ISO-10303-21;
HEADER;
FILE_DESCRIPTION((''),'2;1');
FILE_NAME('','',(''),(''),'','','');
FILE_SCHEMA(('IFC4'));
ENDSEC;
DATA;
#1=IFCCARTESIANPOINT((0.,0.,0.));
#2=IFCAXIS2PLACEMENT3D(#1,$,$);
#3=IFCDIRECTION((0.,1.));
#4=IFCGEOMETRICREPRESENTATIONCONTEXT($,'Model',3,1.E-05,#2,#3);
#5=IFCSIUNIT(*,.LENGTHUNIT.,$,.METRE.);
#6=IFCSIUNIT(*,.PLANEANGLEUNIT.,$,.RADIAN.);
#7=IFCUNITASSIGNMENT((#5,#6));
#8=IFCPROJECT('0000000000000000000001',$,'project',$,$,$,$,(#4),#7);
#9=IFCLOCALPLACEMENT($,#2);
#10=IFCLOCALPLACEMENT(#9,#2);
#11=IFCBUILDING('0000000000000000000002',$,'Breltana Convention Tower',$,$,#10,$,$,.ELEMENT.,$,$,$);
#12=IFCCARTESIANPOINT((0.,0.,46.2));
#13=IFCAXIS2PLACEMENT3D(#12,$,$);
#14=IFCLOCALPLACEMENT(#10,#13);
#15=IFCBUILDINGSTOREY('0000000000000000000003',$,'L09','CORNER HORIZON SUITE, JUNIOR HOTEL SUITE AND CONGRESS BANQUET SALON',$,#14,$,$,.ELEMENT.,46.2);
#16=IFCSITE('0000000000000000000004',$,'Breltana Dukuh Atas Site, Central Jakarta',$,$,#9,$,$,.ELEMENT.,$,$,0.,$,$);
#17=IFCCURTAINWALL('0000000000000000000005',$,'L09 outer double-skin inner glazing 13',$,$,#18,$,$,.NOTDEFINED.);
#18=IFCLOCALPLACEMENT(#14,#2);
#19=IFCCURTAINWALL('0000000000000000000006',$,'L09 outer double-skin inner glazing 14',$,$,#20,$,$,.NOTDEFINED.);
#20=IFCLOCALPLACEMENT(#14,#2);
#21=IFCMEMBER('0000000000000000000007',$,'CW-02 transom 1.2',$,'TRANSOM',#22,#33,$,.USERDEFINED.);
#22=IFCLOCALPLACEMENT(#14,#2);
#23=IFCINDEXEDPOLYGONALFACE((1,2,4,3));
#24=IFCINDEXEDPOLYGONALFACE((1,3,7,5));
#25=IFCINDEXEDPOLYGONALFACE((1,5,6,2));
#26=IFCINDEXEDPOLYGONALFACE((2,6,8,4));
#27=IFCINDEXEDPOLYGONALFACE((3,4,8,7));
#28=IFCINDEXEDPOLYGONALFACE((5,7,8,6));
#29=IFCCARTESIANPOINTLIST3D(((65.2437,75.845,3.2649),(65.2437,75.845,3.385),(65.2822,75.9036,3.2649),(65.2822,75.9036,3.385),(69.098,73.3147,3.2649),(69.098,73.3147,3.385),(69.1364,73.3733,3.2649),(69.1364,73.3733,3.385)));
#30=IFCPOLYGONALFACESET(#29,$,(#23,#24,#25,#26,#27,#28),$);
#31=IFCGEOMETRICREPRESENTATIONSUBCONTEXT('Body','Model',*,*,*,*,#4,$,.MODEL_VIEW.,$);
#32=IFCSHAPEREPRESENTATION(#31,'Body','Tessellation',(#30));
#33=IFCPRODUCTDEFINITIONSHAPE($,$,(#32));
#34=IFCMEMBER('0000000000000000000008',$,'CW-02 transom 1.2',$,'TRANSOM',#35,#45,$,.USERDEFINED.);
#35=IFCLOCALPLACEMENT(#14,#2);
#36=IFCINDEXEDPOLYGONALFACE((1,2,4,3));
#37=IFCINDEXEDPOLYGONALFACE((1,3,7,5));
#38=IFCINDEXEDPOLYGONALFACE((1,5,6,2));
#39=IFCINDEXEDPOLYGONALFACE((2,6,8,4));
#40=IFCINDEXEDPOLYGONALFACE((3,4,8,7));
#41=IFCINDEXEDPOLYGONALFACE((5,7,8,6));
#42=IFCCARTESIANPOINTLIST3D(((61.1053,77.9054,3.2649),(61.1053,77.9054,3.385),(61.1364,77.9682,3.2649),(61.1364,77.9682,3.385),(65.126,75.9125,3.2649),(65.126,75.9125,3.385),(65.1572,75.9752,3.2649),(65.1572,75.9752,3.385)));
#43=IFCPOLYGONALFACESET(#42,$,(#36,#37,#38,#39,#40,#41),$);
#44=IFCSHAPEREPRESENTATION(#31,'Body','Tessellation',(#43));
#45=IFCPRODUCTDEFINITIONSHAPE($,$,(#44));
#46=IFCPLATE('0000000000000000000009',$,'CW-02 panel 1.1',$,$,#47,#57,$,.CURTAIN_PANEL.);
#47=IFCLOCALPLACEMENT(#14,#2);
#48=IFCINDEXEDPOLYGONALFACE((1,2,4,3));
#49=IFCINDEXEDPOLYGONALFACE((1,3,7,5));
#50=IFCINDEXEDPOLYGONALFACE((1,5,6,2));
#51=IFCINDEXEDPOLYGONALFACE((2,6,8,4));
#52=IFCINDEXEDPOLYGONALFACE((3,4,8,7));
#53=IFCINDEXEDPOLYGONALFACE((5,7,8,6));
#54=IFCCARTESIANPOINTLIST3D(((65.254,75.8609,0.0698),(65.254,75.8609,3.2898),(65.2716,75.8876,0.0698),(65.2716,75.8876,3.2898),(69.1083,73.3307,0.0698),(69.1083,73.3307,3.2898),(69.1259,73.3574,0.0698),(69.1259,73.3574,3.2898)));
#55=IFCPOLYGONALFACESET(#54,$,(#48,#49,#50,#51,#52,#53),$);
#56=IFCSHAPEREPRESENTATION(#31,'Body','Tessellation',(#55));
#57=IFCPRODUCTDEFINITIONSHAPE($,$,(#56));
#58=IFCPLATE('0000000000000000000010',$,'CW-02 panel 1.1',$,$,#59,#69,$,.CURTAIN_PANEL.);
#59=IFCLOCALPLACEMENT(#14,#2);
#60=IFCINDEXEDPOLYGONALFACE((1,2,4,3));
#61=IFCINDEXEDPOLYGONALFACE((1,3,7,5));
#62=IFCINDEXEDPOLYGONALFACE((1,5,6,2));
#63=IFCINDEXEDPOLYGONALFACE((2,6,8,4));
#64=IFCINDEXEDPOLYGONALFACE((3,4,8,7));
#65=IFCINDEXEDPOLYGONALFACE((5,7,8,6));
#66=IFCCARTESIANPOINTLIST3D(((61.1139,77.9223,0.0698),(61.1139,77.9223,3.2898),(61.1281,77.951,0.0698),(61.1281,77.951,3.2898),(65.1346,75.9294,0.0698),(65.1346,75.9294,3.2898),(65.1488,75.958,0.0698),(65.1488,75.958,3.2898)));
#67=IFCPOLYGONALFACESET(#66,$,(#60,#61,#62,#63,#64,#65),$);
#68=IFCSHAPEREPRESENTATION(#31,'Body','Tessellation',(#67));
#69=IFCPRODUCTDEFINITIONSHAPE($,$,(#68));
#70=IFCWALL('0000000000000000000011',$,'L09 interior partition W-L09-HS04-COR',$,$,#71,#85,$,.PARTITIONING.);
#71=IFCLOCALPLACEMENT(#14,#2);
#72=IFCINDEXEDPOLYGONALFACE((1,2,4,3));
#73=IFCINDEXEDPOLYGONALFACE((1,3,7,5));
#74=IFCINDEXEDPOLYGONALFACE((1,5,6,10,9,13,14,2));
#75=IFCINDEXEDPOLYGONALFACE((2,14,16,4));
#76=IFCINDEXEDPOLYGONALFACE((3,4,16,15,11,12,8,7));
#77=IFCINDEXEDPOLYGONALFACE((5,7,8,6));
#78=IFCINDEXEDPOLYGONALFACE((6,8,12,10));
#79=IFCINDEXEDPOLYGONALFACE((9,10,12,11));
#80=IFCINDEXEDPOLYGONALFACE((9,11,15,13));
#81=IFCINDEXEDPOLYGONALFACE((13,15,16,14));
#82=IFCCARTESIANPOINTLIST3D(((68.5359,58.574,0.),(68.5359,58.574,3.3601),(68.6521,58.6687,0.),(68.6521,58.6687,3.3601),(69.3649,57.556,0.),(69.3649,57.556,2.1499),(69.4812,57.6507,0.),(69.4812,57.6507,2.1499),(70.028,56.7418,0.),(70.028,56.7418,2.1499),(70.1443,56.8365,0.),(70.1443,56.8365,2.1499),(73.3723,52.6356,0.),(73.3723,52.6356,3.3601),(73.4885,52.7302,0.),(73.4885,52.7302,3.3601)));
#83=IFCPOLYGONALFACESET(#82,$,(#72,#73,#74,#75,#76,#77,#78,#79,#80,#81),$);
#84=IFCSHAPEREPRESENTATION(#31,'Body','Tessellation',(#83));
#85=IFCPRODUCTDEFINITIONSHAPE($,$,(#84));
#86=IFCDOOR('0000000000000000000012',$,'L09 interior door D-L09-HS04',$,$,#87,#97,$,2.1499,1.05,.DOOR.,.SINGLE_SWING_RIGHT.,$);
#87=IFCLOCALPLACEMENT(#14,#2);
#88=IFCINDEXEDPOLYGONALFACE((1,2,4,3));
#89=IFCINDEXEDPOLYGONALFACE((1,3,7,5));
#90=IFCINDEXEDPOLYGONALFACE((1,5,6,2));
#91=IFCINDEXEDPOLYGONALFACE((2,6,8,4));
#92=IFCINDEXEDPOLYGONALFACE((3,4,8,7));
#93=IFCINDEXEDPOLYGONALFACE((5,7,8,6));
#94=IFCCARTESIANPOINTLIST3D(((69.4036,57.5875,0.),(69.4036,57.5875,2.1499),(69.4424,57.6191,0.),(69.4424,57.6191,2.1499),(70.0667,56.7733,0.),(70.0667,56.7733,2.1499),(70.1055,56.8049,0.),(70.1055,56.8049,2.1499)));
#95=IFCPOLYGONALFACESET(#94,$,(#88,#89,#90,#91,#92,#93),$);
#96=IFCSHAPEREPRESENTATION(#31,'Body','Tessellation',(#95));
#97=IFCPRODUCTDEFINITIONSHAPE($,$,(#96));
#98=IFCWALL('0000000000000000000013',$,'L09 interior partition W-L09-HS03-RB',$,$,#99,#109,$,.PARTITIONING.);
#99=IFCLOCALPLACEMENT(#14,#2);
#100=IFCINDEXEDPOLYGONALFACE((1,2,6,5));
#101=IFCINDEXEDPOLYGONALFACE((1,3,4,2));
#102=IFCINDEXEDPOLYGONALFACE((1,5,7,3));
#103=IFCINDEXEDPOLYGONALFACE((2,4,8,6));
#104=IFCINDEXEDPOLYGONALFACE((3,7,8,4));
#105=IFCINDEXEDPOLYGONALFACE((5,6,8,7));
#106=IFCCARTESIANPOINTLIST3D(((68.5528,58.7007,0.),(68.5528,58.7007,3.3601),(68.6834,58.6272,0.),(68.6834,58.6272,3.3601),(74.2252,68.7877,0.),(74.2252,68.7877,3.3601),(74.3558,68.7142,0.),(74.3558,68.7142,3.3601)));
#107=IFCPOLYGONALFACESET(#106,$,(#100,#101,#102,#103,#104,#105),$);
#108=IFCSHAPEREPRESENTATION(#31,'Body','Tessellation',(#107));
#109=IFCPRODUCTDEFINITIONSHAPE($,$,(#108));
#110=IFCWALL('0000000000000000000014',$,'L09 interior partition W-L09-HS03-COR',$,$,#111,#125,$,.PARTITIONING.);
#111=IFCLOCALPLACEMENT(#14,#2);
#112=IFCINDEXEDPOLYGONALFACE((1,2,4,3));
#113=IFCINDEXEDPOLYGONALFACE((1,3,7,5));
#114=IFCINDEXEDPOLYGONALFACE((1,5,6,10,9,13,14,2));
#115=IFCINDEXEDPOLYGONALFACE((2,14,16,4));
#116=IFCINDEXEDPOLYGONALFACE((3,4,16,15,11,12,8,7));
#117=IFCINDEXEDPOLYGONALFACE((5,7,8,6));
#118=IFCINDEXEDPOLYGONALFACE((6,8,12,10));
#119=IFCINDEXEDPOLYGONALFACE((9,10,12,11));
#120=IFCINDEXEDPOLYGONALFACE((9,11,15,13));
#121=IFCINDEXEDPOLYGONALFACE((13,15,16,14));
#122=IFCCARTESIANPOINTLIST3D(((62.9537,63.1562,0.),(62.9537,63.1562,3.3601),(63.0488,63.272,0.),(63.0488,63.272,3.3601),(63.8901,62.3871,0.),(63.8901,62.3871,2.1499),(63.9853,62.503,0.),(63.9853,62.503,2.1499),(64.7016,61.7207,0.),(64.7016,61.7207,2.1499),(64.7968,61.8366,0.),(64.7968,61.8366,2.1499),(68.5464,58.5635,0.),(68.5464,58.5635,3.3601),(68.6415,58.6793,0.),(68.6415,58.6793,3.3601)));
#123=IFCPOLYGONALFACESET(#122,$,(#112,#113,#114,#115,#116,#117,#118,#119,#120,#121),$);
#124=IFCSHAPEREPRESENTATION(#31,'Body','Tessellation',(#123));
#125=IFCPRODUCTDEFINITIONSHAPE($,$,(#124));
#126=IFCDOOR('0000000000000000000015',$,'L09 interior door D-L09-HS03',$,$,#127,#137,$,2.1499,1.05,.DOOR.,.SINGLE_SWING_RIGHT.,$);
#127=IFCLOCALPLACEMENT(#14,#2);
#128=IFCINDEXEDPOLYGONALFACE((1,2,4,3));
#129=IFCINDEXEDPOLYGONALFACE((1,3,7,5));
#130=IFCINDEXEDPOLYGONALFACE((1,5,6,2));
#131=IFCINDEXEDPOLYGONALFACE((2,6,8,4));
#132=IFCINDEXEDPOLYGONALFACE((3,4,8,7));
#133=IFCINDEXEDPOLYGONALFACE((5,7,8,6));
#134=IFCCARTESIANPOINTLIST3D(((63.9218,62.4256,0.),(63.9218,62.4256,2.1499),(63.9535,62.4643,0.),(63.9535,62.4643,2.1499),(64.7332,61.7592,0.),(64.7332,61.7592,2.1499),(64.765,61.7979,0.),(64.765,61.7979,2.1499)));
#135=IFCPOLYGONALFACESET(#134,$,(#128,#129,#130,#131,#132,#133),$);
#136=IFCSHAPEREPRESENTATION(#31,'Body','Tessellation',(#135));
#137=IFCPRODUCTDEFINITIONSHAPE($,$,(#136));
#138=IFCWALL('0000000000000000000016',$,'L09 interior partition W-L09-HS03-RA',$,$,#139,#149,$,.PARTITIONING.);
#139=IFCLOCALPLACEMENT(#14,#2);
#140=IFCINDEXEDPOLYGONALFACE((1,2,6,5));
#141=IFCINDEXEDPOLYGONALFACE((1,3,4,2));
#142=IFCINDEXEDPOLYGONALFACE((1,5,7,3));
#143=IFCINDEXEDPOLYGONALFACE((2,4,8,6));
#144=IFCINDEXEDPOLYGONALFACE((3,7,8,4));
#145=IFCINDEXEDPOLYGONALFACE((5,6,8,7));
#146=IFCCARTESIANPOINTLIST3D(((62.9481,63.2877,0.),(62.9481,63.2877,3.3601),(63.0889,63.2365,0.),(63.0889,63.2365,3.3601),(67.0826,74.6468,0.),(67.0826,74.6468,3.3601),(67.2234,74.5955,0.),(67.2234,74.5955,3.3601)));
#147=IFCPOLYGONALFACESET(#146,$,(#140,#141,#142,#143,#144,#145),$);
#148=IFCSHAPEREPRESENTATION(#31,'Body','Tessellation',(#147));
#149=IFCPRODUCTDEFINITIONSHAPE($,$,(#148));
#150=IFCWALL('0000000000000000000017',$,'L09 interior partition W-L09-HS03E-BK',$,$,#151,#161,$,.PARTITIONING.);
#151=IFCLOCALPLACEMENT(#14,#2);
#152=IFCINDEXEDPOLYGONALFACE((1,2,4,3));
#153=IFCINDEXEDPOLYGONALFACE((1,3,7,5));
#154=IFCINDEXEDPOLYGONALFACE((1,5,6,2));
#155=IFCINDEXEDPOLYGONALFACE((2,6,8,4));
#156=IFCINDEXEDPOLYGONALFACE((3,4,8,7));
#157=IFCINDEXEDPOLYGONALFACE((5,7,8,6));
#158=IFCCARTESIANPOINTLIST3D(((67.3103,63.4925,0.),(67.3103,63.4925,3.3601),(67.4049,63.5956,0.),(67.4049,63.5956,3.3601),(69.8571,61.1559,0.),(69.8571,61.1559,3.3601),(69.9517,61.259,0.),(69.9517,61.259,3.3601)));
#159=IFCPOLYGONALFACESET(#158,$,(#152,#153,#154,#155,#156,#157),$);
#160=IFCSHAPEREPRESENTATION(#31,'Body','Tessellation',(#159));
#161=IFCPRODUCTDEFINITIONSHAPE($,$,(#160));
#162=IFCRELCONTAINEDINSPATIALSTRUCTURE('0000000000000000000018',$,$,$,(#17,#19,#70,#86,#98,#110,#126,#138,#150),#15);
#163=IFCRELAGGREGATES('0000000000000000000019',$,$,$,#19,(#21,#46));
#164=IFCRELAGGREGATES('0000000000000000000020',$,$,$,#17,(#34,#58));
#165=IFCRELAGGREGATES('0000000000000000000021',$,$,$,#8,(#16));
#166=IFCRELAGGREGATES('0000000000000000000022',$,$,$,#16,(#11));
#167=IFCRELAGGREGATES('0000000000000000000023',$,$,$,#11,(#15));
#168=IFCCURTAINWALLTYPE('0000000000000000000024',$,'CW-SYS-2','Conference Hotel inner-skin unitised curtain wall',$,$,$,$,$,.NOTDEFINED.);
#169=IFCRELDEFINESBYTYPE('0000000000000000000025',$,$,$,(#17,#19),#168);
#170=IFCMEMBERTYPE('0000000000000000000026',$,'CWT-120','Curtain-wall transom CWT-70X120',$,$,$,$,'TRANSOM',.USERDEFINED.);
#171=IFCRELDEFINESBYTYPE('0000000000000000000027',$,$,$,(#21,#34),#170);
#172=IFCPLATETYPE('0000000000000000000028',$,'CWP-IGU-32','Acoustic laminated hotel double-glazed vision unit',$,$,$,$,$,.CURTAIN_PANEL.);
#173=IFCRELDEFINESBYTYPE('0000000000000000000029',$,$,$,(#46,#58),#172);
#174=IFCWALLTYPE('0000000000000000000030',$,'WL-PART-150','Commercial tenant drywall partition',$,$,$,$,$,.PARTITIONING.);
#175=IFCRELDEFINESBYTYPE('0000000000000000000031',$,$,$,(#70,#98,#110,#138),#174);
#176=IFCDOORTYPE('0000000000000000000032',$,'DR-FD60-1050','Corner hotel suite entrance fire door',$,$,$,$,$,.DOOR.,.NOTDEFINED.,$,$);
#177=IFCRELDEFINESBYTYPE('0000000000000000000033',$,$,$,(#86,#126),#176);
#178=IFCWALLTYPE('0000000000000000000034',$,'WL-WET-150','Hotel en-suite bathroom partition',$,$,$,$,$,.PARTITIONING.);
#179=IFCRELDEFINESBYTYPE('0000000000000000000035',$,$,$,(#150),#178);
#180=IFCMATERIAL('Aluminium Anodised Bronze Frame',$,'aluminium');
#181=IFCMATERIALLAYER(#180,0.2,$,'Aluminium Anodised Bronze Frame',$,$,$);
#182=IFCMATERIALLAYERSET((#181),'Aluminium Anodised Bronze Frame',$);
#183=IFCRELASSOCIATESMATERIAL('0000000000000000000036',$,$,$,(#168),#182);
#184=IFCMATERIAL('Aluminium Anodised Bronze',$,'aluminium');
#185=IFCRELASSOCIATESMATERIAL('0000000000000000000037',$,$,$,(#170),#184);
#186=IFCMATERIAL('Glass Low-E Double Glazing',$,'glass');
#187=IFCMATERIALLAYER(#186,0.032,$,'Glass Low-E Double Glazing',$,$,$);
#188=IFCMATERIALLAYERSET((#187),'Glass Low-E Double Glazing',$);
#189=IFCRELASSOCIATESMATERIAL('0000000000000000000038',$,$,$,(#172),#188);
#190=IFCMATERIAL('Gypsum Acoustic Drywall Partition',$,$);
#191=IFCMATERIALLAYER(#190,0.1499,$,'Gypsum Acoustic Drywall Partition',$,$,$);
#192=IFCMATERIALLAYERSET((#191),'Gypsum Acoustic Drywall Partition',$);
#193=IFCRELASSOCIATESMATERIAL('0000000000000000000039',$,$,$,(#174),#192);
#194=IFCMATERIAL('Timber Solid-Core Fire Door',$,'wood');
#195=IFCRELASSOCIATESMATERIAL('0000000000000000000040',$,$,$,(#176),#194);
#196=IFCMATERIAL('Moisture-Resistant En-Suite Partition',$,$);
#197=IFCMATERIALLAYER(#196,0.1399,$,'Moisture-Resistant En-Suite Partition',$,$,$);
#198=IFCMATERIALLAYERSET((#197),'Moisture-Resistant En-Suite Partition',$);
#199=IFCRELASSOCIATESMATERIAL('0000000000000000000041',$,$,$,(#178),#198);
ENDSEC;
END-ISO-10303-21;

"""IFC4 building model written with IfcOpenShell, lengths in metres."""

from ifc_helpers import new_model, si_unit, direction, frame, frame_2d, origin, origin_2d, place, context, subcontext, project, spatial, rectangle, extrude, source, transform, mapped, material, layer, layer_set, material_profile, profile_set, type_object, type_shapes, element, fill, aggregate, save


model = new_model("IFC4")

# Units and contexts
model_context = context("Model", 3, precision=1e-05, world=origin(), true_north=direction((0.0, 1.0)))
body_context = subcontext(model_context, "Body", "Model", "MODEL_VIEW")
ifc_project = project(units=[si_unit("LENGTHUNIT", "METRE"), si_unit("PLANEANGLEUNIT", "RADIAN")], contexts=[model_context])

# Site, building, storey
site_placement = place(None, origin())
site = spatial("IfcSite", under=ifc_project, at=site_placement, Name="Breltana Dukuh Atas Site, Central Jakarta", CompositionType="ELEMENT", RefElevation=0.0)
building_placement = place(site_placement, origin())
building = spatial("IfcBuilding", under=site, at=building_placement, Name="Breltana Convention Tower", CompositionType="ELEMENT")
storey_placement = place(building_placement, frame((0.0, 0.0, 46.2)))
storey = spatial("IfcBuildingStorey", under=building, at=storey_placement, Name="L09", Description="CORNER HORIZON SUITE, JUNIOR HOTEL SUITE AND CONGRESS BANQUET SALON", CompositionType="ELEMENT", Elevation=46.2)

# Curtain wall
ifc_material_1 = material(Name="Aluminium Anodised Bronze Frame", Category="aluminium")
ifc_layer_1 = layer(ifc_material_1, 0.2, Name="Aluminium Anodised Bronze Frame")
ifc_layer_set_1 = layer_set([ifc_layer_1], Name="Aluminium Anodised Bronze Frame")
curtain_wall_type = type_object("IfcCurtainWallType", Name="CW-SYS-2", Description="Conference Hotel inner-skin unitised curtain wall", PredefinedType="NOTDEFINED", material=ifc_layer_set_1)
curtain_wall_1_placement = place(storey_placement, origin())
curtain_wall_1 = element("IfcCurtainWall", 1, at=curtain_wall_1_placement, inside=storey, type_object=curtain_wall_type, Name="L09 outer double-skin inner glazing 13", PredefinedType="NOTDEFINED")
ifc_material_2 = material(Name="Aluminium Anodised Bronze", Category="aluminium")

# Curtain wall, member
curtain_wall_2_placement = place(storey_placement, origin())
curtain_wall_2 = element("IfcCurtainWall", 2, at=curtain_wall_2_placement, inside=storey, type_object=curtain_wall_type, Name="L09 outer double-skin inner glazing 14", PredefinedType="NOTDEFINED")
ifc_material_profile_1 = material_profile(ifc_material_2, rectangle(XDim=0.0701, YDim=0.1201, at=origin_2d()), Name="CWT-70X120")
ifc_profile_set_1 = profile_set([ifc_material_profile_1], Name="Aluminium Anodised Bronze")
member_type_1 = type_object("IfcMemberType", Name="CWT-120", Description="Curtain-wall transom CWT-70X120", ElementType="TRANSOM", PredefinedType="USERDEFINED", material=ifc_profile_set_1)
shared_shape_1 = source(origin(), body_context, "Body", "SweptSolid", [
    extrude(rectangle(XDim=0.0701, YDim=0.1201, at=origin_2d()), origin(), (0.0, 0.0, 1.0), 4.6106),
])
member_1_placement = place(storey_placement, frame((65.2629, 75.8743, 3.325), z_axis=(0.835956, -0.548796, 0.0), x_axis=(0.548796, 0.835956, 0.0)))
member_1 = element("IfcMember", 3, at=member_1_placement, type_object=member_type_1, Name="CW-02 transom 1.2", ObjectType="TRANSOM", PredefinedType="USERDEFINED", context=body_context, shape_type="MappedRepresentation", body=[
    mapped(shared_shape_1, transform((0.0, 0.0, 0.0), scale=1.0)),
])

# Member
shared_shape_2 = source(origin(), body_context, "Body", "SweptSolid", [
    extrude(rectangle(XDim=0.0701, YDim=0.1201, at=origin_2d()), origin(), (0.0, 0.0, 1.0), 4.4875),
])
member_2_placement = place(storey_placement, frame((61.1208, 77.9368, 3.325), z_axis=(0.895978, -0.444099, 0.0), x_axis=(0.444099, 0.895978, 0.0)))
member_2 = element("IfcMember", 4, at=member_2_placement, type_object=member_type_1, Name="CW-02 transom 1.2", ObjectType="TRANSOM", PredefinedType="USERDEFINED", context=body_context, shape_type="MappedRepresentation", body=[
    mapped(shared_shape_2, transform((0.0, 0.0, 0.0), scale=1.0)),
])

# Plates
ifc_material_3 = material(Name="Glass Low-E Double Glazing", Category="glass")
ifc_layer_2 = layer(ifc_material_3, 0.032, Name="Glass Low-E Double Glazing")
ifc_layer_set_2 = layer_set([ifc_layer_2], Name="Glass Low-E Double Glazing")
plate_type = type_object("IfcPlateType", Name="CWP-IGU-32", Description="Acoustic laminated hotel double-glazed vision unit", PredefinedType="CURTAIN_PANEL", material=ifc_layer_set_2)
shared_shape_3 = source(origin(), body_context, "Body", "SweptSolid", [
    extrude(rectangle(XDim=4.6106, YDim=0.032, at=origin_2d()), origin(), (0.0, 0.0, 1.0), 3.22),
])
plate_1_placement = place(storey_placement, frame((67.1899, 74.6091, 0.0698), z_axis=(0.0, 0.0, 1.0), x_axis=(0.835964, -0.548784, 0.0)))
plate_1 = element("IfcPlate", 5, at=plate_1_placement, type_object=plate_type, Name="CW-02 panel 1.1", PredefinedType="CURTAIN_PANEL", context=body_context, shape_type="MappedRepresentation", body=[
    mapped(shared_shape_3, transform((0.0, 0.0, 0.0), scale=1.0)),
])
aggregate(curtain_wall_2, [member_1, plate_1])
shared_shape_4 = source(origin(), body_context, "Body", "SweptSolid", [
    extrude(rectangle(XDim=4.4875, YDim=0.032, at=origin_2d()), origin(), (0.0, 0.0, 1.0), 3.22),
])
plate_2_placement = place(storey_placement, frame((63.1313, 76.9402, 0.0698), z_axis=(0.0, 0.0, 1.0), x_axis=(0.895973, -0.444108, 0.0)))
plate_2 = element("IfcPlate", 6, at=plate_2_placement, type_object=plate_type, Name="CW-02 panel 1.1", PredefinedType="CURTAIN_PANEL", context=body_context, shape_type="MappedRepresentation", body=[
    mapped(shared_shape_4, transform((0.0, 0.0, 0.0), scale=1.0)),
])
aggregate(curtain_wall_1, [member_2, plate_2])

# Wall, opening, door
ifc_material_4 = material(Name="Gypsum Acoustic Drywall Partition")
ifc_layer_3 = layer(ifc_material_4, 0.1499, Name="Gypsum Acoustic Drywall Partition")
ifc_layer_set_3 = layer_set([ifc_layer_3], Name="Gypsum Acoustic Drywall Partition")
wall_type_1 = type_object("IfcWallType", Name="WL-PART-150", Description="Commercial tenant drywall partition", PredefinedType="PARTITIONING", material=ifc_layer_set_3)
shared_shape_5 = source(origin(), body_context, "Body", "SweptSolid", [
    extrude(rectangle(XDim=7.6587, YDim=0.1499, at=frame_2d((3.8293, 0.0))), origin(), (0.0, 0.0, 1.0), 3.3601),
])
wall_1_placement = place(storey_placement, frame((68.594, 58.6213, 0.0), z_axis=(0.0, 0.0, 1.0), x_axis=(0.63149, -0.775384, 0.0)))
wall_1 = element("IfcWall", 7, at=wall_1_placement, inside=storey, type_object=wall_type_1, Name="L09 interior partition W-L09-HS04-COR", PredefinedType="PARTITIONING", context=body_context, shape_type="MappedRepresentation", body=[
    mapped(shared_shape_5, transform((0.0, 0.0, 0.0), scale=1.0)),
])
opening_1_placement = place(wall_1_placement, frame((1.313, 0.0, 0.0)))
opening_1 = element("IfcOpeningElement", 8, at=opening_1_placement, cuts=wall_1, PredefinedType="OPENING", context=body_context, shape_type="SweptSolid", body=[
    extrude(rectangle(XDim=1.05, YDim=2.1499, at=frame_2d((0.5249, 1.075))), frame((0.0, 0.085, 0.0), z_axis=(0.0, -1.0, 0.0), x_axis=(1.0, 0.0, 0.0)), (0.0, 0.0, 1.0), 0.1699),
])
ifc_material_5 = material(Name="Timber Solid-Core Fire Door", Category="wood")
door_type_1 = type_object("IfcDoorType", Name="DR-FD60-1050", Description="Corner hotel suite entrance fire door", OperationType="NOTDEFINED", PredefinedType="DOOR", material=ifc_material_5)
shared_shape_6 = source(origin(), body_context, "Body", "SweptSolid", [
    extrude(rectangle(XDim=1.05, YDim=2.1499, at=frame_2d((0.5249, 1.075))), frame((0.0, 0.0249, 0.0), z_axis=(0.0, -1.0, 0.0), x_axis=(1.0, 0.0, 0.0)), (0.0, 0.0, 1.0), 0.05),
])
type_shapes(door_type_1, [shared_shape_6])
door_1_placement = place(opening_1_placement, origin())
door_1 = element("IfcDoor", 9, at=door_1_placement, inside=storey, type_object=door_type_1, Name="L09 interior door D-L09-HS04", OperationType="SINGLE_SWING_RIGHT", OverallHeight=2.1499, OverallWidth=1.05, PredefinedType="DOOR", context=body_context, shape_type="MappedRepresentation", body=[
    mapped(shared_shape_6, transform((0.0, 0.0, 0.0), scale=1.0)),
])
fill(opening_1, door_1)

# Wall
shared_shape_7 = source(origin(), body_context, "Body", "SweptSolid", [
    extrude(rectangle(XDim=11.5725, YDim=0.1499, at=frame_2d((5.7861, 0.0))), origin(), (0.0, 0.0, 1.0), 3.3601),
])
wall_2_placement = place(storey_placement, frame((68.6182, 58.6641, 0.0), z_axis=(0.0, 0.0, 1.0), x_axis=(0.490161, 0.871632, 0.0)))
element("IfcWall", 10, at=wall_2_placement, inside=storey, type_object=wall_type_1, Name="L09 interior partition W-L09-HS03-RB", PredefinedType="PARTITIONING", context=body_context, shape_type="MappedRepresentation", body=[
    mapped(shared_shape_7, transform((0.0, 0.0, 0.0), scale=1.0)),
])

# Wall, opening, door
shared_shape_8 = source(origin(), body_context, "Body", "SweptSolid", [
    extrude(rectangle(XDim=7.2368, YDim=0.1499, at=frame_2d((3.6184, 0.0))), origin(), (0.0, 0.0, 1.0), 3.3601),
])
wall_3_placement = place(storey_placement, frame((63.0012, 63.2141, 0.0), z_axis=(0.0, 0.0, 1.0), x_axis=(0.772814, -0.634633, 0.0)))
wall_3 = element("IfcWall", 11, at=wall_3_placement, inside=storey, type_object=wall_type_1, Name="L09 interior partition W-L09-HS03-COR", PredefinedType="PARTITIONING", context=body_context, shape_type="MappedRepresentation", body=[
    mapped(shared_shape_8, transform((0.0, 0.0, 0.0), scale=1.0)),
])
opening_2_placement = place(wall_3_placement, frame((1.2119, 0.0, 0.0)))
opening_2 = element("IfcOpeningElement", 12, at=opening_2_placement, cuts=wall_3, PredefinedType="OPENING", context=body_context, shape_type="SweptSolid", body=[
    extrude(rectangle(XDim=1.05, YDim=2.1499, at=frame_2d((0.5249, 1.075))), frame((0.0, 0.085, 0.0), z_axis=(0.0, -1.0, 0.0), x_axis=(1.0, 0.0, 0.0)), (0.0, 0.0, 1.0), 0.1699),
])
door_2_placement = place(opening_2_placement, origin())
door_2 = element("IfcDoor", 13, at=door_2_placement, inside=storey, type_object=door_type_1, Name="L09 interior door D-L09-HS03", OperationType="SINGLE_SWING_RIGHT", OverallHeight=2.1499, OverallWidth=1.05, PredefinedType="DOOR", context=body_context, shape_type="MappedRepresentation", body=[
    mapped(shared_shape_6, transform((0.0, 0.0, 0.0), scale=1.0)),
])
fill(opening_2, door_2)

# Walls
shared_shape_9 = source(origin(), body_context, "Body", "SweptSolid", [
    extrude(rectangle(XDim=12.0881, YDim=0.1499, at=frame_2d((6.0439, 0.0))), origin(), (0.0, 0.0, 1.0), 3.3601),
])
wall_4_placement = place(storey_placement, frame((63.0186, 63.2622, 0.0), z_axis=(0.0, 0.0, 1.0), x_axis=(0.34203, 0.939689, 0.0)))
element("IfcWall", 14, at=wall_4_placement, inside=storey, type_object=wall_type_1, Name="L09 interior partition W-L09-HS03-RA", PredefinedType="PARTITIONING", context=body_context, shape_type="MappedRepresentation", body=[
    mapped(shared_shape_9, transform((0.0, 0.0, 0.0), scale=1.0)),
])
ifc_material_6 = material(Name="Moisture-Resistant En-Suite Partition")
ifc_layer_4 = layer(ifc_material_6, 0.1399, Name="Moisture-Resistant En-Suite Partition")
ifc_layer_set_4 = layer_set([ifc_layer_4], Name="Moisture-Resistant En-Suite Partition")
wall_type_2 = type_object("IfcWallType", Name="WL-WET-150", Description="Hotel en-suite bathroom partition", PredefinedType="PARTITIONING", material=ifc_layer_set_4)
shared_shape_10 = source(origin(), body_context, "Body", "SweptSolid", [
    extrude(rectangle(XDim=3.4563, YDim=0.1399, at=frame_2d((1.728, 0.0))), origin(), (0.0, 0.0, 1.0), 3.3601),
])
wall_5_placement = place(storey_placement, frame((67.3577, 63.5439, 0.0), z_axis=(0.0, 0.0, 1.0), x_axis=(0.736861, -0.676044, 0.0)))
element("IfcWall", 15, at=wall_5_placement, inside=storey, type_object=wall_type_2, Name="L09 interior partition W-L09-HS03E-BK", PredefinedType="PARTITIONING", context=body_context, shape_type="MappedRepresentation", body=[
    mapped(shared_shape_10, transform((0.0, 0.0, 0.0), scale=1.0)),
])

save(model, "model.ifc")
